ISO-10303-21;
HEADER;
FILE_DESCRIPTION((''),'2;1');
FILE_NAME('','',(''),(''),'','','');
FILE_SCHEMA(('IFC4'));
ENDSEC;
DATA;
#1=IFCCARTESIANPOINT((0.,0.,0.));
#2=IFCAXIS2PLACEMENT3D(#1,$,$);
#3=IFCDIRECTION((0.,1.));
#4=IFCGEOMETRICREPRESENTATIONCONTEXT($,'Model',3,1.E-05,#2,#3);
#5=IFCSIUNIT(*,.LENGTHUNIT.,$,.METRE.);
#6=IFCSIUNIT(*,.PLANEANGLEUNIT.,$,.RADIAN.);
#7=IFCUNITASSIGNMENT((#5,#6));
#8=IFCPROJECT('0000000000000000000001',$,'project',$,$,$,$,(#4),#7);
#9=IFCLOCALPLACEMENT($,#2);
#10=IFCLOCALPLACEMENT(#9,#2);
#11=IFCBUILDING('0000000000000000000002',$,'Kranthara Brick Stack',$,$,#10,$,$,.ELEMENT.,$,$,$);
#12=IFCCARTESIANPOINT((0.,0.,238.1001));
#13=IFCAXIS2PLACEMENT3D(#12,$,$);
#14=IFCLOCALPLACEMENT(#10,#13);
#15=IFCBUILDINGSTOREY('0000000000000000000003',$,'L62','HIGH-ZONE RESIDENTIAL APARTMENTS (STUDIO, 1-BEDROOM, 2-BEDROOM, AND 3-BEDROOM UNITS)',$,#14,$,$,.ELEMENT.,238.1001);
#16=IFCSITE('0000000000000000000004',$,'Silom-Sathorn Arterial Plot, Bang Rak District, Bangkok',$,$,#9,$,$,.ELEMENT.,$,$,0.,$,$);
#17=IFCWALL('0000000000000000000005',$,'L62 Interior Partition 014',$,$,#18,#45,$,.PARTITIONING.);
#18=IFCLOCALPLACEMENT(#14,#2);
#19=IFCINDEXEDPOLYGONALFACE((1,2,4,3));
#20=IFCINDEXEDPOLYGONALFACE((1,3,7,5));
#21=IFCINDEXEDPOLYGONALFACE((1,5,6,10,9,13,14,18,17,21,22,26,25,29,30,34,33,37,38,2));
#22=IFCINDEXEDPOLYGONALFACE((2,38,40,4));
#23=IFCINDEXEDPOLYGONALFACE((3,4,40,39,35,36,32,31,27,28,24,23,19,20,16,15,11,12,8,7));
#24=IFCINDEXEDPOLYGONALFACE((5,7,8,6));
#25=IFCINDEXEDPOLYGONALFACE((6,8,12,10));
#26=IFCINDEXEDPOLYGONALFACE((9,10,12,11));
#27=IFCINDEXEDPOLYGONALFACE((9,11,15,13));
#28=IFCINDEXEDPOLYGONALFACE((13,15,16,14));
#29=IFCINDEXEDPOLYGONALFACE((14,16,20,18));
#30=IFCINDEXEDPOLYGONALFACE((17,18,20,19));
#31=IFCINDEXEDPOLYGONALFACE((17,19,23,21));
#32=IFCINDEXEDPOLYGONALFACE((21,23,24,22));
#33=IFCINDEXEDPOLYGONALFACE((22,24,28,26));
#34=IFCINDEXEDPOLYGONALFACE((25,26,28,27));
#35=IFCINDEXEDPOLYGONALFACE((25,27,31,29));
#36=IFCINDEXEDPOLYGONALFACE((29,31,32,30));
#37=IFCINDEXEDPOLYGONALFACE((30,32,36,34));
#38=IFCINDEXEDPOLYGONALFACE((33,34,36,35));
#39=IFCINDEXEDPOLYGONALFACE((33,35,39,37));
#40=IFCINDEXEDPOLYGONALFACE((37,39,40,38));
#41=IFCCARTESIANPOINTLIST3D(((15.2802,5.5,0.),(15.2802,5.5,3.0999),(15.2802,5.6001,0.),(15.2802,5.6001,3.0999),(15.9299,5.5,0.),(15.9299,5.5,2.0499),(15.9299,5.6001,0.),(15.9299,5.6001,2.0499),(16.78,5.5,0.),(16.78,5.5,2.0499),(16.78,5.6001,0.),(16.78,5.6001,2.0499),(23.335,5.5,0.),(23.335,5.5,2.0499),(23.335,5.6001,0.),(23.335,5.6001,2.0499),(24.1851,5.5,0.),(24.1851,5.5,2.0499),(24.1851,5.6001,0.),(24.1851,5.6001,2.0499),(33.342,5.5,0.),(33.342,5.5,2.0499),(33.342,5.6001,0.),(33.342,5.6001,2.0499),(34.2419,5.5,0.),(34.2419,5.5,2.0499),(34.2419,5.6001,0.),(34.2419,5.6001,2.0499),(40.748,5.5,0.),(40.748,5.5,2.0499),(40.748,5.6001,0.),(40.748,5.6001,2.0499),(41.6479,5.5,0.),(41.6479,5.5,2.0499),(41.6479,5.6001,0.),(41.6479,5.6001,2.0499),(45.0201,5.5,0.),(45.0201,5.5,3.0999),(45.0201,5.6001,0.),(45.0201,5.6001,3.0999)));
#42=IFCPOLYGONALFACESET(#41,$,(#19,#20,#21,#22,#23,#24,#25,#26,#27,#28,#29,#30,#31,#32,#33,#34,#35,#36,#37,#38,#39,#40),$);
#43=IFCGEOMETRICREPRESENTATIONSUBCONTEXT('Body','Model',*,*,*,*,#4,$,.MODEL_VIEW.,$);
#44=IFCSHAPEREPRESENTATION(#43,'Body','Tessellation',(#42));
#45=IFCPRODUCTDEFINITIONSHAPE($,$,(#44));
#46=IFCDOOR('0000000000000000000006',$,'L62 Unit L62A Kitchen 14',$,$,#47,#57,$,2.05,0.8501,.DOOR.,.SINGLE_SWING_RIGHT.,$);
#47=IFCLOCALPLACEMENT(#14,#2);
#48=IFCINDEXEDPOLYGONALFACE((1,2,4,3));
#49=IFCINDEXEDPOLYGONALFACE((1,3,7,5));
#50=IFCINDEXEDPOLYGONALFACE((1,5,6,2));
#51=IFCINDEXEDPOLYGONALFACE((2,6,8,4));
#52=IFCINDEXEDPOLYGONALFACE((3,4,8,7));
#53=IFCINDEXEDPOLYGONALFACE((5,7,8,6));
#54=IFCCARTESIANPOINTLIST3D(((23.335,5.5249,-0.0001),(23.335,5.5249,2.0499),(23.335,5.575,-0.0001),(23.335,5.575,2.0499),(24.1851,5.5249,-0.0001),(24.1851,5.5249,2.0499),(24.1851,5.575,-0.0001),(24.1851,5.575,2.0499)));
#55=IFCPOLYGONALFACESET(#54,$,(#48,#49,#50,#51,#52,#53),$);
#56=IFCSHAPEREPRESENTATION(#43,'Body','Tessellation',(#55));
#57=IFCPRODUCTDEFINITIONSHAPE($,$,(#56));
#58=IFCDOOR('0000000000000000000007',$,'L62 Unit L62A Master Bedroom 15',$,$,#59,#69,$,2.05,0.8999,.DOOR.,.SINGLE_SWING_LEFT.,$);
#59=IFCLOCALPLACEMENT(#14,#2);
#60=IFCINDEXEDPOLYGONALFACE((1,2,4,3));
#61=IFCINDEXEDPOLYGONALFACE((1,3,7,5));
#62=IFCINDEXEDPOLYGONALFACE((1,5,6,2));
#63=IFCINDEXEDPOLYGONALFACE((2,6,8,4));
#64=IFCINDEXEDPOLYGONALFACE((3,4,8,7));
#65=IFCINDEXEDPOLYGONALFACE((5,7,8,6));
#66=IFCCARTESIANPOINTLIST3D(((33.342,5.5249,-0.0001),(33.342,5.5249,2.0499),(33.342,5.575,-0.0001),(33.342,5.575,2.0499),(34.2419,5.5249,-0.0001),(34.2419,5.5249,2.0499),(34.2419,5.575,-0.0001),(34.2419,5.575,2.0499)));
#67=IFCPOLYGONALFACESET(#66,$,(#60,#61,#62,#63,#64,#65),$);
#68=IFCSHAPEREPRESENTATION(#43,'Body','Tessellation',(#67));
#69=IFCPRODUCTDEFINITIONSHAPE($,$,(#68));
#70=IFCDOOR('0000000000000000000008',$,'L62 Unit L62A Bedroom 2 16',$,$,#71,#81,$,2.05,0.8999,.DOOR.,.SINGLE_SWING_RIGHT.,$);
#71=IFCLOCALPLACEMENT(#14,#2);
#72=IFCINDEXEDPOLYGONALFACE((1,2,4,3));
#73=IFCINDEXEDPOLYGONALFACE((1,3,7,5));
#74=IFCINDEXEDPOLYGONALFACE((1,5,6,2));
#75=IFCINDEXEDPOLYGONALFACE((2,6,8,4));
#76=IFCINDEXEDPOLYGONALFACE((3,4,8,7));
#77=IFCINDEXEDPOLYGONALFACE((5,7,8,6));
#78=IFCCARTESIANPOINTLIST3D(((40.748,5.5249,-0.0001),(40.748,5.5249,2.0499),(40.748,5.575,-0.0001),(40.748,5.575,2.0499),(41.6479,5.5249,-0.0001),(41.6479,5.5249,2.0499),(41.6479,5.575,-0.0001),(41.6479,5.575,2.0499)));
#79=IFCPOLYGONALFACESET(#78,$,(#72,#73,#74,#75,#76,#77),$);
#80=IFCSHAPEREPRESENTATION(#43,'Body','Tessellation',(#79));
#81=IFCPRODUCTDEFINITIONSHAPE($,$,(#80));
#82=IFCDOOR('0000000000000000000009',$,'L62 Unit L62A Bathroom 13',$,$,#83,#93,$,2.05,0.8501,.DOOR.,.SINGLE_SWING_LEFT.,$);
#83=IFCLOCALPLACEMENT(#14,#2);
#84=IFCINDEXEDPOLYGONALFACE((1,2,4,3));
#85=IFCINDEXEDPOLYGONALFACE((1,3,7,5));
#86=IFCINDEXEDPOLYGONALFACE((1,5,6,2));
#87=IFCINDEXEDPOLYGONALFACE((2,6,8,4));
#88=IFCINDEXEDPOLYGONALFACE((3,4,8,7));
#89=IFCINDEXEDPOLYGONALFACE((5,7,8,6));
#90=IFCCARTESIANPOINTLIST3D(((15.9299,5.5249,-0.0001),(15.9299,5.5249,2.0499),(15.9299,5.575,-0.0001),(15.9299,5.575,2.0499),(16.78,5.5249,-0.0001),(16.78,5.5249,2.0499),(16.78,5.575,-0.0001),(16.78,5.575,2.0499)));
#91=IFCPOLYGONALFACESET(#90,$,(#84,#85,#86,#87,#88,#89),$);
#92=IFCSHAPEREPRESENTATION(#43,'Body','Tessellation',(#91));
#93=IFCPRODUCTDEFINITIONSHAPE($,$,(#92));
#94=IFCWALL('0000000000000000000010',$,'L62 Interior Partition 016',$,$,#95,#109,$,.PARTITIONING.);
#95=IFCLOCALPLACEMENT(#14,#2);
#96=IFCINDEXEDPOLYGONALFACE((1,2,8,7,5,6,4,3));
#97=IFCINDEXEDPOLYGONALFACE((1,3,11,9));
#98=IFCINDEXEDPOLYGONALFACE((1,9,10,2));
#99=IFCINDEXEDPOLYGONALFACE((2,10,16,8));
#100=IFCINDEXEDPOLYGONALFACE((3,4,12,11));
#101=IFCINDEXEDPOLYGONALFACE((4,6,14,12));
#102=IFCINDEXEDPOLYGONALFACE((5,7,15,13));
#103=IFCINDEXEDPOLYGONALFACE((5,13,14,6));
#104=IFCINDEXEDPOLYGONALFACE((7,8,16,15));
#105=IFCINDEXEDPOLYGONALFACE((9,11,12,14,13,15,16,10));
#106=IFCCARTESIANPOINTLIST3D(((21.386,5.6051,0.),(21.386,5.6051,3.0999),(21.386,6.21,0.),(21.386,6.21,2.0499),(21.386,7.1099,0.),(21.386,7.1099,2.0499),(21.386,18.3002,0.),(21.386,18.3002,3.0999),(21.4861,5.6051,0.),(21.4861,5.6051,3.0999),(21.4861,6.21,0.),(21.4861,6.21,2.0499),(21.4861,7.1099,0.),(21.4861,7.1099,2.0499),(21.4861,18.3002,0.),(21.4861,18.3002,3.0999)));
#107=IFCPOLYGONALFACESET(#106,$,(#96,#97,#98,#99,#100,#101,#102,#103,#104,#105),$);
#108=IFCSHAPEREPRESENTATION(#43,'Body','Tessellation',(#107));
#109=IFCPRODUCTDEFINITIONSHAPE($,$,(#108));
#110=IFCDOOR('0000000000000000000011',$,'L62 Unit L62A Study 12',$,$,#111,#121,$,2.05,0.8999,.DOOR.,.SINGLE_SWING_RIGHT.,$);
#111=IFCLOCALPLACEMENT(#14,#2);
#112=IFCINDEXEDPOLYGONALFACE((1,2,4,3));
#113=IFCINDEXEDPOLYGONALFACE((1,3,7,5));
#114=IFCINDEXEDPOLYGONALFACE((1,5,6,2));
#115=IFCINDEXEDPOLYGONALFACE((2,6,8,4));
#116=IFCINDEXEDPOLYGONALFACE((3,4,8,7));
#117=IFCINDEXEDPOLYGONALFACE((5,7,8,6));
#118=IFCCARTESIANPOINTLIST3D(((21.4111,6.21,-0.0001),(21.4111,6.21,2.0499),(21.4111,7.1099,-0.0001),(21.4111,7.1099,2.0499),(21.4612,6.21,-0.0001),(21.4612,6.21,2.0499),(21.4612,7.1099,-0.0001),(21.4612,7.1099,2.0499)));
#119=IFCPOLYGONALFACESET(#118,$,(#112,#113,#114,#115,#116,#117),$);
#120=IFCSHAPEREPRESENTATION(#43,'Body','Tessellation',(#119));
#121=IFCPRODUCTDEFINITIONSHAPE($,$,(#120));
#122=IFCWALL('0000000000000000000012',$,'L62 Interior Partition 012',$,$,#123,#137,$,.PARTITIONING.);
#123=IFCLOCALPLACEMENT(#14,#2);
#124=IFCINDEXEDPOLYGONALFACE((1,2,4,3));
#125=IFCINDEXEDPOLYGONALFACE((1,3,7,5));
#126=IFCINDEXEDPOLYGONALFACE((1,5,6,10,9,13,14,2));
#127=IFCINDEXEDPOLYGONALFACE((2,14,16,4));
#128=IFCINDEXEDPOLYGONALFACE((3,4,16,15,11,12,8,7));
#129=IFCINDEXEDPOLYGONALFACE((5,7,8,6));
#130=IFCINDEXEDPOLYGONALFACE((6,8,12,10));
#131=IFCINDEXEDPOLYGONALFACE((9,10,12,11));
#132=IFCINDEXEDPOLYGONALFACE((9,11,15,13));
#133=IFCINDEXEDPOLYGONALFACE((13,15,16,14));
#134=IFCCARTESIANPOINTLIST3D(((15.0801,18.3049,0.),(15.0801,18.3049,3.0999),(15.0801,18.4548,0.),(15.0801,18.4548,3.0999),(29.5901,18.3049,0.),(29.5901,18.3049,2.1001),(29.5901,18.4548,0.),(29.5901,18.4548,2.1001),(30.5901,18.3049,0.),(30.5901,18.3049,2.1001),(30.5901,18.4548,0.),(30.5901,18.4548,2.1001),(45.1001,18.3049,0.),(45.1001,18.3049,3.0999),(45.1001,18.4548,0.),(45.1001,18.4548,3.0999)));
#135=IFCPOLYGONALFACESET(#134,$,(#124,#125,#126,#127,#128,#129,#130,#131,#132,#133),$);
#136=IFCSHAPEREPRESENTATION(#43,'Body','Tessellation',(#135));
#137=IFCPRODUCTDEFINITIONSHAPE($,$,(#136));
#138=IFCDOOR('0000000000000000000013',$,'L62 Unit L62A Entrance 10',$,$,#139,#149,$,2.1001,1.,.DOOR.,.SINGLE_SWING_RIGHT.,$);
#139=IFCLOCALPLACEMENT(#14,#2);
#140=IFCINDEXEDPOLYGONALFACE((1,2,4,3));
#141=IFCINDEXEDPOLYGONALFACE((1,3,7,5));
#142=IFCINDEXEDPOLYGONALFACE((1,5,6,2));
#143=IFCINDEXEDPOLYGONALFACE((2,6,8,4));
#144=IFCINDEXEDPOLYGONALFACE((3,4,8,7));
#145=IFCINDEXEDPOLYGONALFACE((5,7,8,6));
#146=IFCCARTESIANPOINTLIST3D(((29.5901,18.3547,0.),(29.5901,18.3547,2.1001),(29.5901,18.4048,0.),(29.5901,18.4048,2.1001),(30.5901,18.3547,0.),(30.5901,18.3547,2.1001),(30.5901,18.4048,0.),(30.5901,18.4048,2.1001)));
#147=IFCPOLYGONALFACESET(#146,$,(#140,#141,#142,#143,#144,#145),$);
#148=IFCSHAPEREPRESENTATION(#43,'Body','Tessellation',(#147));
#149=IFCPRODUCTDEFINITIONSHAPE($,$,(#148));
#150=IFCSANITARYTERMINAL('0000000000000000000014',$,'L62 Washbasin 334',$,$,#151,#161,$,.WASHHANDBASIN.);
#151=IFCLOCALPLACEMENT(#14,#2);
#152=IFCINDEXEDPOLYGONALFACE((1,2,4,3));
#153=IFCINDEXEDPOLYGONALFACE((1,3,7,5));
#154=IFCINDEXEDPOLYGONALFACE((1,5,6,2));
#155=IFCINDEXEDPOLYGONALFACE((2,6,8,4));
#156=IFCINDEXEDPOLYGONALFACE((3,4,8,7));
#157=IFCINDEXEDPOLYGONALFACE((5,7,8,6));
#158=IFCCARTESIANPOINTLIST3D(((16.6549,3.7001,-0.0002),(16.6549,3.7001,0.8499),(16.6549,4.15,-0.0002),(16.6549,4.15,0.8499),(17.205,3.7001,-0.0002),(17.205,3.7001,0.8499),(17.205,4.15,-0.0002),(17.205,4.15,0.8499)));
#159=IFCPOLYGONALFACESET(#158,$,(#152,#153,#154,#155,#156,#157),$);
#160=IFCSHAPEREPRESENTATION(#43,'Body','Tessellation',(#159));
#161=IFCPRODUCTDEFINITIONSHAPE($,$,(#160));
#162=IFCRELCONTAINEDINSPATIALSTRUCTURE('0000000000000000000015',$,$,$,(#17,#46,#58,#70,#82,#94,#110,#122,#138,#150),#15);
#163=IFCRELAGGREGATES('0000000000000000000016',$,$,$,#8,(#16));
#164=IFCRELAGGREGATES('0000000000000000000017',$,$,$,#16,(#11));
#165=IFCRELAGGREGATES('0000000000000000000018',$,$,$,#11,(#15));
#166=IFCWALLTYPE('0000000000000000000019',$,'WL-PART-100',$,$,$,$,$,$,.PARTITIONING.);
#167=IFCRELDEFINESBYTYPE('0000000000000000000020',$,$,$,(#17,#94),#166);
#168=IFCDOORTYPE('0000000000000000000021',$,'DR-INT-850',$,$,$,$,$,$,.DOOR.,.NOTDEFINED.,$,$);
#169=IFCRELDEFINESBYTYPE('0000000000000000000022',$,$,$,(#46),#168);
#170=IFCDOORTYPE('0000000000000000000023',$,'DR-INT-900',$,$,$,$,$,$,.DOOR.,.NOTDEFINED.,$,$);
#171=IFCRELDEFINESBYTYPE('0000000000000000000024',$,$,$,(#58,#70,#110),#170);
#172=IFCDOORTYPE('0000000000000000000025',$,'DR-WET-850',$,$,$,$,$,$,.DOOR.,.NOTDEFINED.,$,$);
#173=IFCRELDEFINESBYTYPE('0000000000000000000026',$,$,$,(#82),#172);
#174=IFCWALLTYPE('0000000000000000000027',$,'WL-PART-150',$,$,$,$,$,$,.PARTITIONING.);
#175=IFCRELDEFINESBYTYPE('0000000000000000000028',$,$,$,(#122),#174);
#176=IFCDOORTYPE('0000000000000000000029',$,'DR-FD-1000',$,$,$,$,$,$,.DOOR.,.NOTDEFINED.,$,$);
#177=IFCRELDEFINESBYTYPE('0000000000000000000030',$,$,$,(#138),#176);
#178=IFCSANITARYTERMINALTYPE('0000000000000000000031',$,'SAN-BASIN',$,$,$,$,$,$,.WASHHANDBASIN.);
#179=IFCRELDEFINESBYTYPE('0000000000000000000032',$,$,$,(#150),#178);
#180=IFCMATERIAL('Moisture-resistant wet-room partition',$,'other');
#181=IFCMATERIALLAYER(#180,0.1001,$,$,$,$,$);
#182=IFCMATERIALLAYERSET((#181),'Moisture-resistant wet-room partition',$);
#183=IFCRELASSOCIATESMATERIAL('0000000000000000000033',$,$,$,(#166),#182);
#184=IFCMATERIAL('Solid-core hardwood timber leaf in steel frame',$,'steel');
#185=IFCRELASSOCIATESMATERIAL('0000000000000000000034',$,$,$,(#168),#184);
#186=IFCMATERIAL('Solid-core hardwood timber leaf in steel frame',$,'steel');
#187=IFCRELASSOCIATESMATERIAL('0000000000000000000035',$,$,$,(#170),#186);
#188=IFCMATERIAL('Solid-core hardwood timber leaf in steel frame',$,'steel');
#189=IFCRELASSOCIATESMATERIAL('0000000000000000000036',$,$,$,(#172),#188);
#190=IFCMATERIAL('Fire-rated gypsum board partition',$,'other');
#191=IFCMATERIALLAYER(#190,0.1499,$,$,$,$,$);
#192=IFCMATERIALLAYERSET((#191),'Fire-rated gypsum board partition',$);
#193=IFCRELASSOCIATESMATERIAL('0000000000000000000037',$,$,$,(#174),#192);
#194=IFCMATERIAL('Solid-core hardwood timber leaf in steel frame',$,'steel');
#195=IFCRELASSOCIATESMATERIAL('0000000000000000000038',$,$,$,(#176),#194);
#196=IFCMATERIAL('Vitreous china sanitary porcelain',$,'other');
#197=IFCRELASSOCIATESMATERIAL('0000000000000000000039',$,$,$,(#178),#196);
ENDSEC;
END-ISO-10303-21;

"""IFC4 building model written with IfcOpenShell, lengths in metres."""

from ifc_helpers import new_model, si_unit, direction, frame, frame_2d, origin, origin_2d, place, context, subcontext, project, spatial, rectangle, extrude, material, layer, layer_set, type_object, element, fill, save


model = new_model("IFC4")

# Units and contexts
model_context = context("Model", 3, precision=1e-05, world=origin(), true_north=direction((0.0, 1.0)))
body_context = subcontext(model_context, "Body", "Model", "MODEL_VIEW")
ifc_project = project(units=[si_unit("LENGTHUNIT", "METRE"), si_unit("PLANEANGLEUNIT", "RADIAN")], contexts=[model_context])

# Site, building, storey
site_placement = place(None, origin())
site = spatial("IfcSite", under=ifc_project, at=site_placement, Name="Silom-Sathorn Arterial Plot, Bang Rak District, Bangkok", CompositionType="ELEMENT", RefElevation=0.0)
building_placement = place(site_placement, origin())
building = spatial("IfcBuilding", under=site, at=building_placement, Name="Kranthara Brick Stack", CompositionType="ELEMENT")
storey_placement = place(building_placement, frame((0.0, 0.0, 238.1001)))
storey = spatial("IfcBuildingStorey", under=building, at=storey_placement, Name="L62", Description="HIGH-ZONE RESIDENTIAL APARTMENTS (STUDIO, 1-BEDROOM, 2-BEDROOM, AND 3-BEDROOM UNITS)", CompositionType="ELEMENT", Elevation=238.1001)

# Wall, openings, doors
ifc_material_1 = material(Name="Moisture-resistant wet-room partition", Category="other")
ifc_layer_1 = layer(ifc_material_1, 0.1001)
ifc_layer_set_1 = layer_set([ifc_layer_1], Name="Moisture-resistant wet-room partition")
wall_type_1 = type_object("IfcWallType", Name="WL-PART-100", PredefinedType="PARTITIONING", material=ifc_layer_set_1)
wall_1_placement = place(storey_placement, frame((15.28, 5.55, 0.0), z_axis=(0.0, 0.0, 1.0), x_axis=(1.0, 0.0, 0.0)))
wall_1 = element("IfcWall", 1, at=wall_1_placement, inside=storey, type_object=wall_type_1, Name="L62 Interior Partition 014", PredefinedType="PARTITIONING", context=body_context, shape_type="SweptSolid", body=[
    extrude(rectangle(XDim=29.74, YDim=0.1001, at=frame_2d((14.8701, 0.0))), origin(), (0.0, 0.0, 1.0), 3.0999),
])
opening_1_placement = place(wall_1_placement, frame((0.6499, 0.0, 0.0)))
opening_1 = element("IfcOpeningElement", 2, at=opening_1_placement, cuts=wall_1, PredefinedType="OPENING", context=body_context, shape_type="SweptSolid", body=[
    extrude(rectangle(XDim=0.8501, YDim=2.05, at=frame_2d((0.425, 1.0249))), frame((0.0, 0.0601, 0.0), z_axis=(0.0, -1.0, 0.0), x_axis=(1.0, 0.0, 0.0)), (0.0, 0.0, 1.0), 0.1201),
])
opening_2_placement = place(wall_1_placement, frame((8.0549, 0.0, 0.0)))
opening_2 = element("IfcOpeningElement", 3, at=opening_2_placement, cuts=wall_1, PredefinedType="OPENING", context=body_context, shape_type="SweptSolid", body=[
    extrude(rectangle(XDim=0.8501, YDim=2.05, at=frame_2d((0.425, 1.0249))), frame((0.0, 0.0601, 0.0), z_axis=(0.0, -1.0, 0.0), x_axis=(1.0, 0.0, 0.0)), (0.0, 0.0, 1.0), 0.1201),
])
opening_3_placement = place(wall_1_placement, frame((18.062, 0.0, 0.0)))
opening_3 = element("IfcOpeningElement", 4, at=opening_3_placement, cuts=wall_1, PredefinedType="OPENING", context=body_context, shape_type="SweptSolid", body=[
    extrude(rectangle(XDim=0.8999, YDim=2.05, at=frame_2d((0.45, 1.0249))), frame((0.0, 0.0601, 0.0), z_axis=(0.0, -1.0, 0.0), x_axis=(1.0, 0.0, 0.0)), (0.0, 0.0, 1.0), 0.1201),
])
opening_4_placement = place(wall_1_placement, frame((25.468, 0.0, 0.0)))
opening_4 = element("IfcOpeningElement", 5, at=opening_4_placement, cuts=wall_1, PredefinedType="OPENING", context=body_context, shape_type="SweptSolid", body=[
    extrude(rectangle(XDim=0.8999, YDim=2.05, at=frame_2d((0.45, 1.0249))), frame((0.0, 0.0601, 0.0), z_axis=(0.0, -1.0, 0.0), x_axis=(1.0, 0.0, 0.0)), (0.0, 0.0, 1.0), 0.1201),
])
ifc_material_2 = material(Name="Solid-core hardwood timber leaf in steel frame", Category="steel")
door_type_1 = type_object("IfcDoorType", Name="DR-INT-850", OperationType="NOTDEFINED", PredefinedType="DOOR", material=ifc_material_2)
door_1_placement = place(opening_2_placement, origin())
door_1 = element("IfcDoor", 6, at=door_1_placement, inside=storey, type_object=door_type_1, Name="L62 Unit L62A Kitchen 14", OperationType="SINGLE_SWING_RIGHT", OverallHeight=2.05, OverallWidth=0.8501, PredefinedType="DOOR", context=body_context, shape_type="SweptSolid", body=[
    extrude(rectangle(XDim=0.8501, YDim=2.05, at=frame_2d((0.425, 1.0249))), frame((0.0, 0.0249, 0.0), z_axis=(0.0, -1.0, 0.0), x_axis=(1.0, 0.0, 0.0)), (0.0, 0.0, 1.0), 0.05),
])
fill(opening_2, door_1)
ifc_material_3 = material(Name="Solid-core hardwood timber leaf in steel frame", Category="steel")
door_type_2 = type_object("IfcDoorType", Name="DR-INT-900", OperationType="NOTDEFINED", PredefinedType="DOOR", material=ifc_material_3)
door_2_placement = place(opening_3_placement, origin())
door_2 = element("IfcDoor", 7, at=door_2_placement, inside=storey, type_object=door_type_2, Name="L62 Unit L62A Master Bedroom 15", OperationType="SINGLE_SWING_LEFT", OverallHeight=2.05, OverallWidth=0.8999, PredefinedType="DOOR", context=body_context, shape_type="SweptSolid", body=[
    extrude(rectangle(XDim=0.8999, YDim=2.05, at=frame_2d((0.45, 1.0249))), frame((0.0, 0.0249, 0.0), z_axis=(0.0, -1.0, 0.0), x_axis=(1.0, 0.0, 0.0)), (0.0, 0.0, 1.0), 0.05),
])
fill(opening_3, door_2)
door_3_placement = place(opening_4_placement, origin())
door_3 = element("IfcDoor", 8, at=door_3_placement, inside=storey, type_object=door_type_2, Name="L62 Unit L62A Bedroom 2 16", OperationType="SINGLE_SWING_RIGHT", OverallHeight=2.05, OverallWidth=0.8999, PredefinedType="DOOR", context=body_context, shape_type="SweptSolid", body=[
    extrude(rectangle(XDim=0.8999, YDim=2.05, at=frame_2d((0.45, 1.0249))), frame((0.0, 0.0249, 0.0), z_axis=(0.0, -1.0, 0.0), x_axis=(1.0, 0.0, 0.0)), (0.0, 0.0, 1.0), 0.05),
])
fill(opening_4, door_3)
ifc_material_4 = material(Name="Solid-core hardwood timber leaf in steel frame", Category="steel")
door_type_3 = type_object("IfcDoorType", Name="DR-WET-850", OperationType="NOTDEFINED", PredefinedType="DOOR", material=ifc_material_4)
door_4_placement = place(opening_1_placement, origin())
door_4 = element("IfcDoor", 9, at=door_4_placement, inside=storey, type_object=door_type_3, Name="L62 Unit L62A Bathroom 13", OperationType="SINGLE_SWING_LEFT", OverallHeight=2.05, OverallWidth=0.8501, PredefinedType="DOOR", context=body_context, shape_type="SweptSolid", body=[
    extrude(rectangle(XDim=0.8501, YDim=2.05, at=frame_2d((0.425, 1.0249))), frame((0.0, 0.0249, 0.0), z_axis=(0.0, -1.0, 0.0), x_axis=(1.0, 0.0, 0.0)), (0.0, 0.0, 1.0), 0.05),
])
fill(opening_1, door_4)

# Walls, openings, doors
wall_2_placement = place(storey_placement, frame((21.436, 5.605, 0.0), z_axis=(0.0, 0.0, 1.0), x_axis=(0.0, 1.0, 0.0)))
wall_2 = element("IfcWall", 10, at=wall_2_placement, inside=storey, type_object=wall_type_1, Name="L62 Interior Partition 016", PredefinedType="PARTITIONING", context=body_context, shape_type="SweptSolid", body=[
    extrude(rectangle(XDim=12.6951, YDim=0.1001, at=frame_2d((6.3477, 0.0))), origin(), (0.0, 0.0, 1.0), 3.0999),
])
opening_5_placement = place(wall_2_placement, frame((0.605, 0.0, 0.0)))
opening_5 = element("IfcOpeningElement", 11, at=opening_5_placement, cuts=wall_2, PredefinedType="OPENING", context=body_context, shape_type="SweptSolid", body=[
    extrude(rectangle(XDim=0.8999, YDim=2.05, at=frame_2d((0.45, 1.0249))), frame((0.0, 0.0601, 0.0), z_axis=(0.0, -1.0, 0.0), x_axis=(1.0, 0.0, 0.0)), (0.0, 0.0, 1.0), 0.1201),
])
door_5_placement = place(opening_5_placement, origin())
door_5 = element("IfcDoor", 12, at=door_5_placement, inside=storey, type_object=door_type_2, Name="L62 Unit L62A Study 12", OperationType="SINGLE_SWING_RIGHT", OverallHeight=2.05, OverallWidth=0.8999, PredefinedType="DOOR", context=body_context, shape_type="SweptSolid", body=[
    extrude(rectangle(XDim=0.8999, YDim=2.05, at=frame_2d((0.45, 1.0249))), frame((0.0, 0.0249, 0.0), z_axis=(0.0, -1.0, 0.0), x_axis=(1.0, 0.0, 0.0)), (0.0, 0.0, 1.0), 0.05),
])
fill(opening_5, door_5)
ifc_material_5 = material(Name="Fire-rated gypsum board partition", Category="other")
ifc_layer_2 = layer(ifc_material_5, 0.1499)
ifc_layer_set_2 = layer_set([ifc_layer_2], Name="Fire-rated gypsum board partition")
wall_type_2 = type_object("IfcWallType", Name="WL-PART-150", PredefinedType="PARTITIONING", material=ifc_layer_set_2)
wall_3_placement = place(storey_placement, frame((15.0801, 18.3799, 0.0), z_axis=(0.0, 0.0, 1.0), x_axis=(1.0, 0.0, 0.0)))
wall_3 = element("IfcWall", 13, at=wall_3_placement, inside=storey, type_object=wall_type_2, Name="L62 Interior Partition 012", PredefinedType="PARTITIONING", context=body_context, shape_type="SweptSolid", body=[
    extrude(rectangle(XDim=30.02, YDim=0.1499, at=frame_2d((15.01, 0.0))), origin(), (0.0, 0.0, 1.0), 3.0999),
])
opening_6_placement = place(wall_3_placement, frame((14.51, 0.0, 0.0)))
opening_6 = element("IfcOpeningElement", 14, at=opening_6_placement, cuts=wall_3, PredefinedType="OPENING", context=body_context, shape_type="SweptSolid", body=[
    extrude(rectangle(XDim=1.0, YDim=2.1001, at=frame_2d((0.5, 1.05))), frame((0.0, 0.085, 0.0), z_axis=(0.0, -1.0, 0.0), x_axis=(1.0, 0.0, 0.0)), (0.0, 0.0, 1.0), 0.1699),
])
ifc_material_6 = material(Name="Solid-core hardwood timber leaf in steel frame", Category="steel")
door_type_4 = type_object("IfcDoorType", Name="DR-FD-1000", OperationType="NOTDEFINED", PredefinedType="DOOR", material=ifc_material_6)
door_6_placement = place(opening_6_placement, origin())
door_6 = element("IfcDoor", 15, at=door_6_placement, inside=storey, type_object=door_type_4, Name="L62 Unit L62A Entrance 10", OperationType="SINGLE_SWING_RIGHT", OverallHeight=2.1001, OverallWidth=1.0, PredefinedType="DOOR", context=body_context, shape_type="SweptSolid", body=[
    extrude(rectangle(XDim=1.0, YDim=2.1001, at=frame_2d((0.5, 1.05))), frame((0.0, 0.0249, 0.0), z_axis=(0.0, -1.0, 0.0), x_axis=(1.0, 0.0, 0.0)), (0.0, 0.0, 1.0), 0.05),
])
fill(opening_6, door_6)

# Sanitary terminal
ifc_material_7 = material(Name="Vitreous china sanitary porcelain", Category="other")
sanitary_terminal_type_1 = type_object("IfcSanitaryTerminalType", Name="SAN-BASIN", PredefinedType="WASHHANDBASIN", material=ifc_material_7)
sanitary_terminal_1_placement = place(storey_placement, frame((16.9299, 3.925, -0.0002), z_axis=(0.0, 0.0, 1.0), x_axis=(1.0, 0.0, 0.0)))
element("IfcSanitaryTerminal", 16, at=sanitary_terminal_1_placement, inside=storey, type_object=sanitary_terminal_type_1, Name="L62 Washbasin 334", PredefinedType="WASHHANDBASIN", context=body_context, shape_type="SweptSolid", body=[
    extrude(rectangle(XDim=0.55, YDim=0.45, at=origin_2d()), origin(), (0.0, 0.0, 1.0), 0.8501),
])

save(model, "model.ifc")
